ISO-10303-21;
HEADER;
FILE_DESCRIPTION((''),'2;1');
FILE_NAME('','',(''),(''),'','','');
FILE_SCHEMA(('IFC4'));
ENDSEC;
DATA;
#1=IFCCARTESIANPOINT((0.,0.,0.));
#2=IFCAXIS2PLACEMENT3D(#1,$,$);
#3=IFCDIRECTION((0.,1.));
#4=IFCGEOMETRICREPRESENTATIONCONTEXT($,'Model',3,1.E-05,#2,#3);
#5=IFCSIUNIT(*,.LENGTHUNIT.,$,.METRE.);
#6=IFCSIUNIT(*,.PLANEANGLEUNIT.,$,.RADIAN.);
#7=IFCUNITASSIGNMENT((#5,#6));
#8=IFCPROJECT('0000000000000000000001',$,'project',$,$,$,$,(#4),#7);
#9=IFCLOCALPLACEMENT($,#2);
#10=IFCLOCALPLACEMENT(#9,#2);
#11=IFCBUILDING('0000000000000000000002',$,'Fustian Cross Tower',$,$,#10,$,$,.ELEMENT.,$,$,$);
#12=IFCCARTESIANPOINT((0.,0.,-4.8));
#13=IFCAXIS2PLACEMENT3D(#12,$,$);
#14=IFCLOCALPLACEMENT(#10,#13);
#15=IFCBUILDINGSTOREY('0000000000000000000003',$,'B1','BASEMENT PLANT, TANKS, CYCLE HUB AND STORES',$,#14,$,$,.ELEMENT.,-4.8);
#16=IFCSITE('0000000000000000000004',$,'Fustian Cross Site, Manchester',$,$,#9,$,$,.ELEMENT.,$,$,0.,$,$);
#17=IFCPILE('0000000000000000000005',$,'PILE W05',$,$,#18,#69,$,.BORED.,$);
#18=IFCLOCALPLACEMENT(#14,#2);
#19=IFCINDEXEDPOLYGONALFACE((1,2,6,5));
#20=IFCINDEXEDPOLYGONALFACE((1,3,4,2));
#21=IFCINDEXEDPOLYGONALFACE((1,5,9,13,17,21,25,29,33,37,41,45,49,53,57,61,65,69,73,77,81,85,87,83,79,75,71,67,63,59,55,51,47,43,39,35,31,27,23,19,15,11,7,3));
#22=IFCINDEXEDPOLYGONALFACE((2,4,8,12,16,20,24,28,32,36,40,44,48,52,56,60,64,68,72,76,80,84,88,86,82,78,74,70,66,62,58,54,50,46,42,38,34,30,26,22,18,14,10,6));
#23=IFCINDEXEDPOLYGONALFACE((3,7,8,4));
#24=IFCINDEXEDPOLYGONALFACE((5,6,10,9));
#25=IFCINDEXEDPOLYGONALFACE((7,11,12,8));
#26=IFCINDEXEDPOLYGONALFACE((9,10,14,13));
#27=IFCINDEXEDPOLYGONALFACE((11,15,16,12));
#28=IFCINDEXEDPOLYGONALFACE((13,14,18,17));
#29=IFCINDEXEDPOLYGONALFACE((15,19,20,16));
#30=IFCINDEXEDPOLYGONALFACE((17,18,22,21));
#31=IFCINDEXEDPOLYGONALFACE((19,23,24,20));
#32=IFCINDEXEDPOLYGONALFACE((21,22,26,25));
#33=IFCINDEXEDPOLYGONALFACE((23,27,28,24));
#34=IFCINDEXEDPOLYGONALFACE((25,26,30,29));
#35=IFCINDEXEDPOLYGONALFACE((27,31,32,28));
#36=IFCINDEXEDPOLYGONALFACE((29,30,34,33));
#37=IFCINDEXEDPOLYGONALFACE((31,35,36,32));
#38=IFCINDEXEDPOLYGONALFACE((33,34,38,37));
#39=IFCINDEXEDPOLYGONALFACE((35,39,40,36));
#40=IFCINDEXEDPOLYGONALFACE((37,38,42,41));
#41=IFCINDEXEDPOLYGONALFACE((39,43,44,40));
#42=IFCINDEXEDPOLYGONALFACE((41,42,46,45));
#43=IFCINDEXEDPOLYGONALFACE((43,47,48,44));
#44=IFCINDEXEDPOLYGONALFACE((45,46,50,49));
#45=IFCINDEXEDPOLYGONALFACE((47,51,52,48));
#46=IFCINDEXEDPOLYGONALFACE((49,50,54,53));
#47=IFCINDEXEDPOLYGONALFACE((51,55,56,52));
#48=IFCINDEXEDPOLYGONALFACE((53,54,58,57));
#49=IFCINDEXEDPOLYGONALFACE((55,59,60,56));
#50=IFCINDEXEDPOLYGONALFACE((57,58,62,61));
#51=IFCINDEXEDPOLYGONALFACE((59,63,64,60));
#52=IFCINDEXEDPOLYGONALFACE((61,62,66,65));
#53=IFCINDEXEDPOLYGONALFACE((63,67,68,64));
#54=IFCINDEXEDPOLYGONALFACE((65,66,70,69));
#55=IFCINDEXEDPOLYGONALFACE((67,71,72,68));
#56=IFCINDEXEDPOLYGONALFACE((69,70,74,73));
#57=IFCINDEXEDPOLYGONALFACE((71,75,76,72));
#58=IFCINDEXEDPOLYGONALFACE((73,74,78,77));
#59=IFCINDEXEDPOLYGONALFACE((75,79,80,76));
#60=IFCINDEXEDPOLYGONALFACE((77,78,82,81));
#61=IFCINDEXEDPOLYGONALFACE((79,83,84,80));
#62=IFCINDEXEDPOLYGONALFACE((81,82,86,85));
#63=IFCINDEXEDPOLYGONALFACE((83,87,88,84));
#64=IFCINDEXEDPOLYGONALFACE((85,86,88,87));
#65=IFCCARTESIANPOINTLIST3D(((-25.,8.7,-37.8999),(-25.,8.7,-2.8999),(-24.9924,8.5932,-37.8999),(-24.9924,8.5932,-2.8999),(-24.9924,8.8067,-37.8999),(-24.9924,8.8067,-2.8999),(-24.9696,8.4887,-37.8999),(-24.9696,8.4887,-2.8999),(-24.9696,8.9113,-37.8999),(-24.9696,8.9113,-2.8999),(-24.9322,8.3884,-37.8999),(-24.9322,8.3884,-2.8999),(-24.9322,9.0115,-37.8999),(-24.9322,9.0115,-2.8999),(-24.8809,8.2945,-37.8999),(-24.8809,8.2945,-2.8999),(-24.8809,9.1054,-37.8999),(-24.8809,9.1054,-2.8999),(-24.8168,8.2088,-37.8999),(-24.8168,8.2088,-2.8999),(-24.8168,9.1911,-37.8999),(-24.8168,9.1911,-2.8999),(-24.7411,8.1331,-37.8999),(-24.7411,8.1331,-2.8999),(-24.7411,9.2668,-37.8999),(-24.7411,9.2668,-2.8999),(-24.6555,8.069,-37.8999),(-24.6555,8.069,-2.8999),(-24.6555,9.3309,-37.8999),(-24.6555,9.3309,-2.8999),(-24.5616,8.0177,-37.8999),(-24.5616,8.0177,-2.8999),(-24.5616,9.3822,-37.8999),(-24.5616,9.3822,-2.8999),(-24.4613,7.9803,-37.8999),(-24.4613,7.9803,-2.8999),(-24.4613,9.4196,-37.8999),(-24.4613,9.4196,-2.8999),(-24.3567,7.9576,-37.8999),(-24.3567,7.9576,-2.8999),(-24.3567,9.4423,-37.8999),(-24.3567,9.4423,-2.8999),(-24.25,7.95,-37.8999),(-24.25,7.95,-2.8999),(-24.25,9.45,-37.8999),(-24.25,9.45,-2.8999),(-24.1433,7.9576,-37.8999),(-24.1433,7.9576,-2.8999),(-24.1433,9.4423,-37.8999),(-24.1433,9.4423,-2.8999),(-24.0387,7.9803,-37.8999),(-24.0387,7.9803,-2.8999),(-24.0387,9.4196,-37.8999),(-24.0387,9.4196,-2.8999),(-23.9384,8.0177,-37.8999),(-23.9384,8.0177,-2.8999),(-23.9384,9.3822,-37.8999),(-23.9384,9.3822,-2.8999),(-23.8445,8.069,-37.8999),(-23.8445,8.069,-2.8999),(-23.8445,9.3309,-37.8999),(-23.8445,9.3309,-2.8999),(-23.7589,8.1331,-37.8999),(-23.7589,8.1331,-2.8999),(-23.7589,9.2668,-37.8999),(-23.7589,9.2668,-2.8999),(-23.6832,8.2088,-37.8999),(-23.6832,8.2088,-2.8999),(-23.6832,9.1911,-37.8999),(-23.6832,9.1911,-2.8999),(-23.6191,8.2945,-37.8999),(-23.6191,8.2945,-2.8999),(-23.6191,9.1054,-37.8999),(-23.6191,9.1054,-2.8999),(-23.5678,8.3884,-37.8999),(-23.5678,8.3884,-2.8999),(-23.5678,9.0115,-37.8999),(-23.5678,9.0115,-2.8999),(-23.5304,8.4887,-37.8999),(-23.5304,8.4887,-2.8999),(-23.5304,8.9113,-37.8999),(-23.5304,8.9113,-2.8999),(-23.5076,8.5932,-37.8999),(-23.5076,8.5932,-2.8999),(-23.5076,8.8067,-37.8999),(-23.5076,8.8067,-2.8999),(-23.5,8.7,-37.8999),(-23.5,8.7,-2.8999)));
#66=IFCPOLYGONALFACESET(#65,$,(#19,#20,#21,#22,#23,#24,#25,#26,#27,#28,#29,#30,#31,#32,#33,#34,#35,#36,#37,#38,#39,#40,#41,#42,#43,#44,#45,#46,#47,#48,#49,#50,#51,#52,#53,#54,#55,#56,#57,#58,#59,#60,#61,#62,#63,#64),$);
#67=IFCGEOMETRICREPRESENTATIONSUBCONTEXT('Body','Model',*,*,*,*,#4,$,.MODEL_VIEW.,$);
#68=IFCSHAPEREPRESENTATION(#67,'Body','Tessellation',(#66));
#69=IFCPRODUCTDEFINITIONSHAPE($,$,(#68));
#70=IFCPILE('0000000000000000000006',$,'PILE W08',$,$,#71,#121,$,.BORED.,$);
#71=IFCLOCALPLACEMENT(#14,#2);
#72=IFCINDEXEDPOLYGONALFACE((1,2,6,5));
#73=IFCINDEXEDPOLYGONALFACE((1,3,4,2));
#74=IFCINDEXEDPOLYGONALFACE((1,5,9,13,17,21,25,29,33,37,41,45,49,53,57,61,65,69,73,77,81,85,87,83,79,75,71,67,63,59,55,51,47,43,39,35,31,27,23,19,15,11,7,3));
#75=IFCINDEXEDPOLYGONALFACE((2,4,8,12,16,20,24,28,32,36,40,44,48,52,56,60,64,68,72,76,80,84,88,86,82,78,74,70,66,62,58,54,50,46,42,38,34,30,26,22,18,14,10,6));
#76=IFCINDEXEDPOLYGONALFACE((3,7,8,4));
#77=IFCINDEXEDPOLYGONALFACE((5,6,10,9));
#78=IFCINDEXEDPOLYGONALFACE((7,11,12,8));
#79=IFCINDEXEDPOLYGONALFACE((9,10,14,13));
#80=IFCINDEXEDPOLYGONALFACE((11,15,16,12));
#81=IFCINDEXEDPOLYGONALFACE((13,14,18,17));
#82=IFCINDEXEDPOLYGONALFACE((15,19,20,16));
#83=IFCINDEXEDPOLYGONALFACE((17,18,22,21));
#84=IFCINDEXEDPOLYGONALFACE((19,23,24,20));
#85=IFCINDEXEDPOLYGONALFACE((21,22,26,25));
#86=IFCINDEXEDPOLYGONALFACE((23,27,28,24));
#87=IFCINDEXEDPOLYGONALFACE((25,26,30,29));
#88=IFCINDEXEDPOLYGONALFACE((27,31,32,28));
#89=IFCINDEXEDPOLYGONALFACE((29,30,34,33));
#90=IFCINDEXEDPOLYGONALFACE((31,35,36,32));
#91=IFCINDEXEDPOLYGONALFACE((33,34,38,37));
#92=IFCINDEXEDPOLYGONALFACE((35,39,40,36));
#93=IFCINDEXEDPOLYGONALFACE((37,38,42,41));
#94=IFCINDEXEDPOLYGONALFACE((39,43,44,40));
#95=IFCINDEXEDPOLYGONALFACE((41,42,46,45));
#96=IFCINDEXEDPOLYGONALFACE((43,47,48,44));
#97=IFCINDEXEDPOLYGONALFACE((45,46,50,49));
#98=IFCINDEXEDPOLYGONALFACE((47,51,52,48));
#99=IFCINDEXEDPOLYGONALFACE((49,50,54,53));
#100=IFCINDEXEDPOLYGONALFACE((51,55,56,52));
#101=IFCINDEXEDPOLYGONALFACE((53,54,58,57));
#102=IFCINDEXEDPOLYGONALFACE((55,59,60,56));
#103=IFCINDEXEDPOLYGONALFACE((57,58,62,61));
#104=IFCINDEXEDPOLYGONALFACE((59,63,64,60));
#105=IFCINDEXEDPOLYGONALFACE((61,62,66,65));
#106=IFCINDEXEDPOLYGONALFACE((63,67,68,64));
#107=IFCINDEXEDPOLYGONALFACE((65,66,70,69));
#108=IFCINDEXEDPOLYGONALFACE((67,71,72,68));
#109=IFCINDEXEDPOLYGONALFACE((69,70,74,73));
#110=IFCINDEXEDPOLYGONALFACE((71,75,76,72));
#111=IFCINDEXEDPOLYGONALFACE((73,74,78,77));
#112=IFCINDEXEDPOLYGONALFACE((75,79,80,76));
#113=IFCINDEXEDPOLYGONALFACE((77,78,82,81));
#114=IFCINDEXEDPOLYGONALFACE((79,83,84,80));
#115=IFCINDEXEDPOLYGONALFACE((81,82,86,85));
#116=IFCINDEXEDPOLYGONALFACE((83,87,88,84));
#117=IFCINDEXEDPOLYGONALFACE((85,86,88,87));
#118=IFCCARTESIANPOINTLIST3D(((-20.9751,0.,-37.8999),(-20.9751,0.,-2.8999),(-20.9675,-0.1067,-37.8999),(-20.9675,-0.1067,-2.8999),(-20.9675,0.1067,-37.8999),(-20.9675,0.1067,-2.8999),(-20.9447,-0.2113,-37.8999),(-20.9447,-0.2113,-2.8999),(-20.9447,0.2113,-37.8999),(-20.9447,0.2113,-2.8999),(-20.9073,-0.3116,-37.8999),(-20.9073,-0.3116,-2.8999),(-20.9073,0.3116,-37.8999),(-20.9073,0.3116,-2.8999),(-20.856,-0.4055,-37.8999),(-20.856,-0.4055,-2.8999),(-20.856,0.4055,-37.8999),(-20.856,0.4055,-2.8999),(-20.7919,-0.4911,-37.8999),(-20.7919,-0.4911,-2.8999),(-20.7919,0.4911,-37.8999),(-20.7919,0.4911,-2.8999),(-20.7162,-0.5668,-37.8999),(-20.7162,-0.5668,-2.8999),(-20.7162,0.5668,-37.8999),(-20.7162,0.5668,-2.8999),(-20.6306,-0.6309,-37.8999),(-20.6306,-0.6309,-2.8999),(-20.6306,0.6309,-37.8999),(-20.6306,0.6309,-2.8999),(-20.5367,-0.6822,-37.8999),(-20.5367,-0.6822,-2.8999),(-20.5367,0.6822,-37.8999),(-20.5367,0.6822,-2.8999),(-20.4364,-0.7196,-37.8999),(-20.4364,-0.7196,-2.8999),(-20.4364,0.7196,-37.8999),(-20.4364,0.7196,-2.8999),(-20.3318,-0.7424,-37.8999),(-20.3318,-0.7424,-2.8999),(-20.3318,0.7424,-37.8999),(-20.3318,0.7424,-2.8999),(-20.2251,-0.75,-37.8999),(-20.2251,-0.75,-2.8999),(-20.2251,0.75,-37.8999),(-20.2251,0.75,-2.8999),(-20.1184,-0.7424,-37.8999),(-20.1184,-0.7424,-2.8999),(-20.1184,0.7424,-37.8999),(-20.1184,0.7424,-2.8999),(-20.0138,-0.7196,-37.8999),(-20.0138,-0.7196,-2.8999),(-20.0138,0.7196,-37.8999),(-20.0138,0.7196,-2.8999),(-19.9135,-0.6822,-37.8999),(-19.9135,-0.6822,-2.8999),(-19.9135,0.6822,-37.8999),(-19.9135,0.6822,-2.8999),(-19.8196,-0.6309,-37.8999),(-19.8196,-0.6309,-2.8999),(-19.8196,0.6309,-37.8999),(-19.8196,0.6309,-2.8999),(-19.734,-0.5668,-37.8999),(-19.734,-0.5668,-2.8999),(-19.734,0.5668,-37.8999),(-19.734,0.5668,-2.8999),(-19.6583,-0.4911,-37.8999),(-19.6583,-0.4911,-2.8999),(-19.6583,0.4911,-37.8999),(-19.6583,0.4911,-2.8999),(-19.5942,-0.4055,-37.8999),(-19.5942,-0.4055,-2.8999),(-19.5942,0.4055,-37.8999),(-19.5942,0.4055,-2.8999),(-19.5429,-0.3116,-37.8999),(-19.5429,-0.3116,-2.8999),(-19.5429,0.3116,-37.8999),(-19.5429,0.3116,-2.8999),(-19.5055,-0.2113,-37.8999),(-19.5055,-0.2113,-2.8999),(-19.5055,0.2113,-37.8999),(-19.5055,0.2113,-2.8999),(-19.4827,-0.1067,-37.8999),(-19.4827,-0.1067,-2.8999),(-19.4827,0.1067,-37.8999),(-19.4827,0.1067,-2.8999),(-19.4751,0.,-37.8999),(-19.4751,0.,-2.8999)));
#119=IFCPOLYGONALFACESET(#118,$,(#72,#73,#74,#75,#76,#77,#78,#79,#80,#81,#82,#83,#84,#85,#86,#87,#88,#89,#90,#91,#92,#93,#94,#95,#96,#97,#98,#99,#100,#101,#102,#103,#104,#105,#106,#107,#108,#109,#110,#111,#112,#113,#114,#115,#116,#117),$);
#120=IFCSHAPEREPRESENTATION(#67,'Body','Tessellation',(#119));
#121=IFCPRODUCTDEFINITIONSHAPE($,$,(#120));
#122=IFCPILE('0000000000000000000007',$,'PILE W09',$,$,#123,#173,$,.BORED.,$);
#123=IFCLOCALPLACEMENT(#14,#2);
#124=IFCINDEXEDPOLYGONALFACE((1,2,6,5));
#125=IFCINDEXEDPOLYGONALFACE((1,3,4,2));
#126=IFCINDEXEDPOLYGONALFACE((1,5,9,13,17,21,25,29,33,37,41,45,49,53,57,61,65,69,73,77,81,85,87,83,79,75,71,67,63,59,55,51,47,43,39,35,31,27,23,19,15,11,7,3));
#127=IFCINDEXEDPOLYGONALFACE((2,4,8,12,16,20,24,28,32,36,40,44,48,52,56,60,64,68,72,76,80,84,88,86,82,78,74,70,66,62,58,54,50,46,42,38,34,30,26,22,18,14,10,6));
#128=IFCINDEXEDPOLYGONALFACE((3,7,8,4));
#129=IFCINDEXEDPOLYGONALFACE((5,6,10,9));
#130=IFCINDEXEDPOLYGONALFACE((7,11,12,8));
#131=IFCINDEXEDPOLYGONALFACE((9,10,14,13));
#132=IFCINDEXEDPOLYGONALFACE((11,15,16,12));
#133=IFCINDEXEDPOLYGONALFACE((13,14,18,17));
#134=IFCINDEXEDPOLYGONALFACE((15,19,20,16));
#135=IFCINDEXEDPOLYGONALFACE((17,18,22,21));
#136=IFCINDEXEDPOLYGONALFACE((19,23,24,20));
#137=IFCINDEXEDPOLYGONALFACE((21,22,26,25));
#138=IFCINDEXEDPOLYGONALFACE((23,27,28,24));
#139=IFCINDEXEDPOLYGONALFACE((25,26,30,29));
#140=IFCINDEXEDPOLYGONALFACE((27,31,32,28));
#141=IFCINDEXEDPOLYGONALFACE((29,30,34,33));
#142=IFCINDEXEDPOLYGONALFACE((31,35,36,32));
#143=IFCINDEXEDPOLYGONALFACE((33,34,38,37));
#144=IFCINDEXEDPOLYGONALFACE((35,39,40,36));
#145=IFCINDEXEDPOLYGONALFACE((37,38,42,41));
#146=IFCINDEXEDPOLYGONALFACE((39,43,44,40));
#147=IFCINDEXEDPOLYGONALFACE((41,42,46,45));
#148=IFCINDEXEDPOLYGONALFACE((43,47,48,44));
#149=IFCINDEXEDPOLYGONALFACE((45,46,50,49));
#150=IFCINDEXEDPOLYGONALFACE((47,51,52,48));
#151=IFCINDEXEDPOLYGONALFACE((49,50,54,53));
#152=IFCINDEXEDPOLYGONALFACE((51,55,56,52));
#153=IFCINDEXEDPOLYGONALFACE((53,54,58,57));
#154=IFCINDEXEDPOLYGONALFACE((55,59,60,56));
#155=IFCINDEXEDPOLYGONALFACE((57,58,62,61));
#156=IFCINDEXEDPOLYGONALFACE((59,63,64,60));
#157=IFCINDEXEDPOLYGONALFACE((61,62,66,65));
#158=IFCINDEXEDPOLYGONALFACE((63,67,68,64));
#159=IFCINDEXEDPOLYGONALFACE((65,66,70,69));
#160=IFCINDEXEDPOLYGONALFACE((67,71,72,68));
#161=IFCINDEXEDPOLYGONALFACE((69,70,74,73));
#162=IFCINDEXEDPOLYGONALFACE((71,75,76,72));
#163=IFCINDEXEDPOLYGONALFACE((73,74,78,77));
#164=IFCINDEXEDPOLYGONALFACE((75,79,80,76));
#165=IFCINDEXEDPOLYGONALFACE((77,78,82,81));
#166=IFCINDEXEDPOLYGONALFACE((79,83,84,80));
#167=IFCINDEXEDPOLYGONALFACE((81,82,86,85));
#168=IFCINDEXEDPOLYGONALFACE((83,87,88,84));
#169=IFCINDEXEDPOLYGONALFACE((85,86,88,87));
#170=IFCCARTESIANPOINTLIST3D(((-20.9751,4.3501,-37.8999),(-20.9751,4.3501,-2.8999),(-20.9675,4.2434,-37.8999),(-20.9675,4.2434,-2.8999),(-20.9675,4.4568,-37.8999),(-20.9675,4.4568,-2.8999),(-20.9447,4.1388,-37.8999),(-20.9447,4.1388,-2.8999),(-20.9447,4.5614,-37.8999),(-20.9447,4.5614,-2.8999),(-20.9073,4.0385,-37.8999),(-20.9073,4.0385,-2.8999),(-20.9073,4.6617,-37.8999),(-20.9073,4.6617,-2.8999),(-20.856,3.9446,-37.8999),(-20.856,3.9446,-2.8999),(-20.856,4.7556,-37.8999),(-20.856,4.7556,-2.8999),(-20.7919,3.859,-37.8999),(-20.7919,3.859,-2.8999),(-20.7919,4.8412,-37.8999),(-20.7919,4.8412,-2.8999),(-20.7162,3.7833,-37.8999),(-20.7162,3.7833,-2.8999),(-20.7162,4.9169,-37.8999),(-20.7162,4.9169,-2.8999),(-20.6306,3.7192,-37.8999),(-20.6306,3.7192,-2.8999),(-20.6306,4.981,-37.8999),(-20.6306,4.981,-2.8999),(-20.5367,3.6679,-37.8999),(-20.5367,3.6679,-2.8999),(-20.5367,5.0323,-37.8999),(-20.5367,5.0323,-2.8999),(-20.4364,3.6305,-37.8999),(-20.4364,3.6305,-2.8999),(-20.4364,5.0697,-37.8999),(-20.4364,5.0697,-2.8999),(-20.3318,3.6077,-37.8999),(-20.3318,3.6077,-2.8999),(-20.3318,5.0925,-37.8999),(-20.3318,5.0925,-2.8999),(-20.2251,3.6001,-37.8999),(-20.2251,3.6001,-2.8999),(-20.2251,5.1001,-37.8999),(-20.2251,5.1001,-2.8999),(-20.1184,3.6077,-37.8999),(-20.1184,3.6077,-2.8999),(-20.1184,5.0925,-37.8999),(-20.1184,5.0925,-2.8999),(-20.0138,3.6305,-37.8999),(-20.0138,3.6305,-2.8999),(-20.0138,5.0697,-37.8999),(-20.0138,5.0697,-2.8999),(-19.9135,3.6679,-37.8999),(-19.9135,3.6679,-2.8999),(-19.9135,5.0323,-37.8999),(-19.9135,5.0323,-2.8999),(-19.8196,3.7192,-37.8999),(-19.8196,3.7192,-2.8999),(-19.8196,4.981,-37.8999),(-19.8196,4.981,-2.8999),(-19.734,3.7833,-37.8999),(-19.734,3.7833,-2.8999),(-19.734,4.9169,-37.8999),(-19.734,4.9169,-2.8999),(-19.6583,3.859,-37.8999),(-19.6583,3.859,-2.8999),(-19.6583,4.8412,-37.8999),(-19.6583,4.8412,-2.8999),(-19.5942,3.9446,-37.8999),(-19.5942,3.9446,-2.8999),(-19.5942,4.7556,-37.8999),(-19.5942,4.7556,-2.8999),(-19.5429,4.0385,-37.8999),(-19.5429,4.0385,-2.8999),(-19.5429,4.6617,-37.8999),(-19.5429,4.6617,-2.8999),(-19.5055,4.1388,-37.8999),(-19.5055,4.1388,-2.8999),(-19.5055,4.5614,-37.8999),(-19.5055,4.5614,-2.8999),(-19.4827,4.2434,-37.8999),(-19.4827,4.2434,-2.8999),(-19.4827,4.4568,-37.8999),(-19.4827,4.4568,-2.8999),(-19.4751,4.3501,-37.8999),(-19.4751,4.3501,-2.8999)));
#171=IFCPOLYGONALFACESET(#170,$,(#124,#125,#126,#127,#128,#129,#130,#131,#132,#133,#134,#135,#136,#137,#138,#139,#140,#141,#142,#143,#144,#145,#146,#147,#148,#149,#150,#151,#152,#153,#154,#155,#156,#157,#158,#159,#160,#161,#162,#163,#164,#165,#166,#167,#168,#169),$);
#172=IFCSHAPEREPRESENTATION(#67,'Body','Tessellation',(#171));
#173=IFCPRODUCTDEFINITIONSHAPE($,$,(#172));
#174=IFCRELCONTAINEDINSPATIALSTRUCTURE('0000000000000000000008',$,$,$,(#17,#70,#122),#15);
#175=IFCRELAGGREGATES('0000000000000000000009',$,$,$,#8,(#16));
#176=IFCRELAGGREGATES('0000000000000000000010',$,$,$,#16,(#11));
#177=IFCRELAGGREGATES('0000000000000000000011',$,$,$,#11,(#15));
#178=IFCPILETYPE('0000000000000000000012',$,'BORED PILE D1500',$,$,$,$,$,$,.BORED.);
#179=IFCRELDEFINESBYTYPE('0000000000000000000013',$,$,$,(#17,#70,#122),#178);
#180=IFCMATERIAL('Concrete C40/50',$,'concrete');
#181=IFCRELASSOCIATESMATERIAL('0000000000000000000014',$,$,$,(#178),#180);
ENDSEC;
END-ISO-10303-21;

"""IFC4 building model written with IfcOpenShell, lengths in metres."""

from ifc_helpers import new_model, si_unit, direction, frame, origin, origin_2d, place, context, subcontext, project, spatial, circle, extrude, material, material_profile, profile_set, type_object, element, save


model = new_model("IFC4")

# Units and contexts
model_context = context("Model", 3, precision=1e-05, world=origin(), true_north=direction((0.0, 1.0)))
body_context = subcontext(model_context, "Body", "Model", "MODEL_VIEW")
ifc_project = project(units=[si_unit("LENGTHUNIT", "METRE"), si_unit("PLANEANGLEUNIT", "RADIAN")], contexts=[model_context])

# Site, building, storey
site_placement = place(None, origin())
site = spatial("IfcSite", under=ifc_project, at=site_placement, Name="Fustian Cross Site, Manchester", CompositionType="ELEMENT", RefElevation=0.0)
building_placement = place(site_placement, origin())
building = spatial("IfcBuilding", under=site, at=building_placement, Name="Fustian Cross Tower", CompositionType="ELEMENT")
storey_placement = place(building_placement, frame((0.0, 0.0, -4.8)))
storey = spatial("IfcBuildingStorey", under=building, at=storey_placement, Name="B1", Description="BASEMENT PLANT, TANKS, CYCLE HUB AND STORES", CompositionType="ELEMENT", Elevation=-4.8)

# Piles
ifc_material_1 = material(Name="Concrete C40/50", Category="concrete")
ifc_material_profile = material_profile(ifc_material_1, circle(Radius=0.75, at=origin_2d()), Name="BORED PILE D1500")
ifc_profile_set = profile_set([ifc_material_profile], Name="Concrete C40/50")
pile_type = type_object("IfcPileType", Name="BORED PILE D1500", PredefinedType="BORED", material=ifc_profile_set)
for number, where, z_axis, x_axis, name in (
    (1, (-24.25, 8.7, -2.8999), (0.0, 0.0, -1.0), (1.0, 0.0, 0.0), "PILE W05"),
    (2, (-20.2251, 0.0, -2.8999), (0.0, 0.0, -1.0), (1.0, 0.0, 0.0), "PILE W08"),
    (3, (-20.2251, 4.3501, -2.8999), (0.0, 0.0, -1.0), (1.0, 0.0, 0.0), "PILE W09"),
):
    element("IfcPile", number, at=place(storey_placement, frame(where, z_axis=z_axis, x_axis=x_axis)), inside=storey, type_object=pile_type, Name=name, PredefinedType="BORED", context=body_context, shape_type="SweptSolid", body=[
        extrude(circle(Radius=0.75, at=origin_2d()), origin(), (0.0, 0.0, 1.0), 35.0),
    ])

save(model, "model.ifc")
